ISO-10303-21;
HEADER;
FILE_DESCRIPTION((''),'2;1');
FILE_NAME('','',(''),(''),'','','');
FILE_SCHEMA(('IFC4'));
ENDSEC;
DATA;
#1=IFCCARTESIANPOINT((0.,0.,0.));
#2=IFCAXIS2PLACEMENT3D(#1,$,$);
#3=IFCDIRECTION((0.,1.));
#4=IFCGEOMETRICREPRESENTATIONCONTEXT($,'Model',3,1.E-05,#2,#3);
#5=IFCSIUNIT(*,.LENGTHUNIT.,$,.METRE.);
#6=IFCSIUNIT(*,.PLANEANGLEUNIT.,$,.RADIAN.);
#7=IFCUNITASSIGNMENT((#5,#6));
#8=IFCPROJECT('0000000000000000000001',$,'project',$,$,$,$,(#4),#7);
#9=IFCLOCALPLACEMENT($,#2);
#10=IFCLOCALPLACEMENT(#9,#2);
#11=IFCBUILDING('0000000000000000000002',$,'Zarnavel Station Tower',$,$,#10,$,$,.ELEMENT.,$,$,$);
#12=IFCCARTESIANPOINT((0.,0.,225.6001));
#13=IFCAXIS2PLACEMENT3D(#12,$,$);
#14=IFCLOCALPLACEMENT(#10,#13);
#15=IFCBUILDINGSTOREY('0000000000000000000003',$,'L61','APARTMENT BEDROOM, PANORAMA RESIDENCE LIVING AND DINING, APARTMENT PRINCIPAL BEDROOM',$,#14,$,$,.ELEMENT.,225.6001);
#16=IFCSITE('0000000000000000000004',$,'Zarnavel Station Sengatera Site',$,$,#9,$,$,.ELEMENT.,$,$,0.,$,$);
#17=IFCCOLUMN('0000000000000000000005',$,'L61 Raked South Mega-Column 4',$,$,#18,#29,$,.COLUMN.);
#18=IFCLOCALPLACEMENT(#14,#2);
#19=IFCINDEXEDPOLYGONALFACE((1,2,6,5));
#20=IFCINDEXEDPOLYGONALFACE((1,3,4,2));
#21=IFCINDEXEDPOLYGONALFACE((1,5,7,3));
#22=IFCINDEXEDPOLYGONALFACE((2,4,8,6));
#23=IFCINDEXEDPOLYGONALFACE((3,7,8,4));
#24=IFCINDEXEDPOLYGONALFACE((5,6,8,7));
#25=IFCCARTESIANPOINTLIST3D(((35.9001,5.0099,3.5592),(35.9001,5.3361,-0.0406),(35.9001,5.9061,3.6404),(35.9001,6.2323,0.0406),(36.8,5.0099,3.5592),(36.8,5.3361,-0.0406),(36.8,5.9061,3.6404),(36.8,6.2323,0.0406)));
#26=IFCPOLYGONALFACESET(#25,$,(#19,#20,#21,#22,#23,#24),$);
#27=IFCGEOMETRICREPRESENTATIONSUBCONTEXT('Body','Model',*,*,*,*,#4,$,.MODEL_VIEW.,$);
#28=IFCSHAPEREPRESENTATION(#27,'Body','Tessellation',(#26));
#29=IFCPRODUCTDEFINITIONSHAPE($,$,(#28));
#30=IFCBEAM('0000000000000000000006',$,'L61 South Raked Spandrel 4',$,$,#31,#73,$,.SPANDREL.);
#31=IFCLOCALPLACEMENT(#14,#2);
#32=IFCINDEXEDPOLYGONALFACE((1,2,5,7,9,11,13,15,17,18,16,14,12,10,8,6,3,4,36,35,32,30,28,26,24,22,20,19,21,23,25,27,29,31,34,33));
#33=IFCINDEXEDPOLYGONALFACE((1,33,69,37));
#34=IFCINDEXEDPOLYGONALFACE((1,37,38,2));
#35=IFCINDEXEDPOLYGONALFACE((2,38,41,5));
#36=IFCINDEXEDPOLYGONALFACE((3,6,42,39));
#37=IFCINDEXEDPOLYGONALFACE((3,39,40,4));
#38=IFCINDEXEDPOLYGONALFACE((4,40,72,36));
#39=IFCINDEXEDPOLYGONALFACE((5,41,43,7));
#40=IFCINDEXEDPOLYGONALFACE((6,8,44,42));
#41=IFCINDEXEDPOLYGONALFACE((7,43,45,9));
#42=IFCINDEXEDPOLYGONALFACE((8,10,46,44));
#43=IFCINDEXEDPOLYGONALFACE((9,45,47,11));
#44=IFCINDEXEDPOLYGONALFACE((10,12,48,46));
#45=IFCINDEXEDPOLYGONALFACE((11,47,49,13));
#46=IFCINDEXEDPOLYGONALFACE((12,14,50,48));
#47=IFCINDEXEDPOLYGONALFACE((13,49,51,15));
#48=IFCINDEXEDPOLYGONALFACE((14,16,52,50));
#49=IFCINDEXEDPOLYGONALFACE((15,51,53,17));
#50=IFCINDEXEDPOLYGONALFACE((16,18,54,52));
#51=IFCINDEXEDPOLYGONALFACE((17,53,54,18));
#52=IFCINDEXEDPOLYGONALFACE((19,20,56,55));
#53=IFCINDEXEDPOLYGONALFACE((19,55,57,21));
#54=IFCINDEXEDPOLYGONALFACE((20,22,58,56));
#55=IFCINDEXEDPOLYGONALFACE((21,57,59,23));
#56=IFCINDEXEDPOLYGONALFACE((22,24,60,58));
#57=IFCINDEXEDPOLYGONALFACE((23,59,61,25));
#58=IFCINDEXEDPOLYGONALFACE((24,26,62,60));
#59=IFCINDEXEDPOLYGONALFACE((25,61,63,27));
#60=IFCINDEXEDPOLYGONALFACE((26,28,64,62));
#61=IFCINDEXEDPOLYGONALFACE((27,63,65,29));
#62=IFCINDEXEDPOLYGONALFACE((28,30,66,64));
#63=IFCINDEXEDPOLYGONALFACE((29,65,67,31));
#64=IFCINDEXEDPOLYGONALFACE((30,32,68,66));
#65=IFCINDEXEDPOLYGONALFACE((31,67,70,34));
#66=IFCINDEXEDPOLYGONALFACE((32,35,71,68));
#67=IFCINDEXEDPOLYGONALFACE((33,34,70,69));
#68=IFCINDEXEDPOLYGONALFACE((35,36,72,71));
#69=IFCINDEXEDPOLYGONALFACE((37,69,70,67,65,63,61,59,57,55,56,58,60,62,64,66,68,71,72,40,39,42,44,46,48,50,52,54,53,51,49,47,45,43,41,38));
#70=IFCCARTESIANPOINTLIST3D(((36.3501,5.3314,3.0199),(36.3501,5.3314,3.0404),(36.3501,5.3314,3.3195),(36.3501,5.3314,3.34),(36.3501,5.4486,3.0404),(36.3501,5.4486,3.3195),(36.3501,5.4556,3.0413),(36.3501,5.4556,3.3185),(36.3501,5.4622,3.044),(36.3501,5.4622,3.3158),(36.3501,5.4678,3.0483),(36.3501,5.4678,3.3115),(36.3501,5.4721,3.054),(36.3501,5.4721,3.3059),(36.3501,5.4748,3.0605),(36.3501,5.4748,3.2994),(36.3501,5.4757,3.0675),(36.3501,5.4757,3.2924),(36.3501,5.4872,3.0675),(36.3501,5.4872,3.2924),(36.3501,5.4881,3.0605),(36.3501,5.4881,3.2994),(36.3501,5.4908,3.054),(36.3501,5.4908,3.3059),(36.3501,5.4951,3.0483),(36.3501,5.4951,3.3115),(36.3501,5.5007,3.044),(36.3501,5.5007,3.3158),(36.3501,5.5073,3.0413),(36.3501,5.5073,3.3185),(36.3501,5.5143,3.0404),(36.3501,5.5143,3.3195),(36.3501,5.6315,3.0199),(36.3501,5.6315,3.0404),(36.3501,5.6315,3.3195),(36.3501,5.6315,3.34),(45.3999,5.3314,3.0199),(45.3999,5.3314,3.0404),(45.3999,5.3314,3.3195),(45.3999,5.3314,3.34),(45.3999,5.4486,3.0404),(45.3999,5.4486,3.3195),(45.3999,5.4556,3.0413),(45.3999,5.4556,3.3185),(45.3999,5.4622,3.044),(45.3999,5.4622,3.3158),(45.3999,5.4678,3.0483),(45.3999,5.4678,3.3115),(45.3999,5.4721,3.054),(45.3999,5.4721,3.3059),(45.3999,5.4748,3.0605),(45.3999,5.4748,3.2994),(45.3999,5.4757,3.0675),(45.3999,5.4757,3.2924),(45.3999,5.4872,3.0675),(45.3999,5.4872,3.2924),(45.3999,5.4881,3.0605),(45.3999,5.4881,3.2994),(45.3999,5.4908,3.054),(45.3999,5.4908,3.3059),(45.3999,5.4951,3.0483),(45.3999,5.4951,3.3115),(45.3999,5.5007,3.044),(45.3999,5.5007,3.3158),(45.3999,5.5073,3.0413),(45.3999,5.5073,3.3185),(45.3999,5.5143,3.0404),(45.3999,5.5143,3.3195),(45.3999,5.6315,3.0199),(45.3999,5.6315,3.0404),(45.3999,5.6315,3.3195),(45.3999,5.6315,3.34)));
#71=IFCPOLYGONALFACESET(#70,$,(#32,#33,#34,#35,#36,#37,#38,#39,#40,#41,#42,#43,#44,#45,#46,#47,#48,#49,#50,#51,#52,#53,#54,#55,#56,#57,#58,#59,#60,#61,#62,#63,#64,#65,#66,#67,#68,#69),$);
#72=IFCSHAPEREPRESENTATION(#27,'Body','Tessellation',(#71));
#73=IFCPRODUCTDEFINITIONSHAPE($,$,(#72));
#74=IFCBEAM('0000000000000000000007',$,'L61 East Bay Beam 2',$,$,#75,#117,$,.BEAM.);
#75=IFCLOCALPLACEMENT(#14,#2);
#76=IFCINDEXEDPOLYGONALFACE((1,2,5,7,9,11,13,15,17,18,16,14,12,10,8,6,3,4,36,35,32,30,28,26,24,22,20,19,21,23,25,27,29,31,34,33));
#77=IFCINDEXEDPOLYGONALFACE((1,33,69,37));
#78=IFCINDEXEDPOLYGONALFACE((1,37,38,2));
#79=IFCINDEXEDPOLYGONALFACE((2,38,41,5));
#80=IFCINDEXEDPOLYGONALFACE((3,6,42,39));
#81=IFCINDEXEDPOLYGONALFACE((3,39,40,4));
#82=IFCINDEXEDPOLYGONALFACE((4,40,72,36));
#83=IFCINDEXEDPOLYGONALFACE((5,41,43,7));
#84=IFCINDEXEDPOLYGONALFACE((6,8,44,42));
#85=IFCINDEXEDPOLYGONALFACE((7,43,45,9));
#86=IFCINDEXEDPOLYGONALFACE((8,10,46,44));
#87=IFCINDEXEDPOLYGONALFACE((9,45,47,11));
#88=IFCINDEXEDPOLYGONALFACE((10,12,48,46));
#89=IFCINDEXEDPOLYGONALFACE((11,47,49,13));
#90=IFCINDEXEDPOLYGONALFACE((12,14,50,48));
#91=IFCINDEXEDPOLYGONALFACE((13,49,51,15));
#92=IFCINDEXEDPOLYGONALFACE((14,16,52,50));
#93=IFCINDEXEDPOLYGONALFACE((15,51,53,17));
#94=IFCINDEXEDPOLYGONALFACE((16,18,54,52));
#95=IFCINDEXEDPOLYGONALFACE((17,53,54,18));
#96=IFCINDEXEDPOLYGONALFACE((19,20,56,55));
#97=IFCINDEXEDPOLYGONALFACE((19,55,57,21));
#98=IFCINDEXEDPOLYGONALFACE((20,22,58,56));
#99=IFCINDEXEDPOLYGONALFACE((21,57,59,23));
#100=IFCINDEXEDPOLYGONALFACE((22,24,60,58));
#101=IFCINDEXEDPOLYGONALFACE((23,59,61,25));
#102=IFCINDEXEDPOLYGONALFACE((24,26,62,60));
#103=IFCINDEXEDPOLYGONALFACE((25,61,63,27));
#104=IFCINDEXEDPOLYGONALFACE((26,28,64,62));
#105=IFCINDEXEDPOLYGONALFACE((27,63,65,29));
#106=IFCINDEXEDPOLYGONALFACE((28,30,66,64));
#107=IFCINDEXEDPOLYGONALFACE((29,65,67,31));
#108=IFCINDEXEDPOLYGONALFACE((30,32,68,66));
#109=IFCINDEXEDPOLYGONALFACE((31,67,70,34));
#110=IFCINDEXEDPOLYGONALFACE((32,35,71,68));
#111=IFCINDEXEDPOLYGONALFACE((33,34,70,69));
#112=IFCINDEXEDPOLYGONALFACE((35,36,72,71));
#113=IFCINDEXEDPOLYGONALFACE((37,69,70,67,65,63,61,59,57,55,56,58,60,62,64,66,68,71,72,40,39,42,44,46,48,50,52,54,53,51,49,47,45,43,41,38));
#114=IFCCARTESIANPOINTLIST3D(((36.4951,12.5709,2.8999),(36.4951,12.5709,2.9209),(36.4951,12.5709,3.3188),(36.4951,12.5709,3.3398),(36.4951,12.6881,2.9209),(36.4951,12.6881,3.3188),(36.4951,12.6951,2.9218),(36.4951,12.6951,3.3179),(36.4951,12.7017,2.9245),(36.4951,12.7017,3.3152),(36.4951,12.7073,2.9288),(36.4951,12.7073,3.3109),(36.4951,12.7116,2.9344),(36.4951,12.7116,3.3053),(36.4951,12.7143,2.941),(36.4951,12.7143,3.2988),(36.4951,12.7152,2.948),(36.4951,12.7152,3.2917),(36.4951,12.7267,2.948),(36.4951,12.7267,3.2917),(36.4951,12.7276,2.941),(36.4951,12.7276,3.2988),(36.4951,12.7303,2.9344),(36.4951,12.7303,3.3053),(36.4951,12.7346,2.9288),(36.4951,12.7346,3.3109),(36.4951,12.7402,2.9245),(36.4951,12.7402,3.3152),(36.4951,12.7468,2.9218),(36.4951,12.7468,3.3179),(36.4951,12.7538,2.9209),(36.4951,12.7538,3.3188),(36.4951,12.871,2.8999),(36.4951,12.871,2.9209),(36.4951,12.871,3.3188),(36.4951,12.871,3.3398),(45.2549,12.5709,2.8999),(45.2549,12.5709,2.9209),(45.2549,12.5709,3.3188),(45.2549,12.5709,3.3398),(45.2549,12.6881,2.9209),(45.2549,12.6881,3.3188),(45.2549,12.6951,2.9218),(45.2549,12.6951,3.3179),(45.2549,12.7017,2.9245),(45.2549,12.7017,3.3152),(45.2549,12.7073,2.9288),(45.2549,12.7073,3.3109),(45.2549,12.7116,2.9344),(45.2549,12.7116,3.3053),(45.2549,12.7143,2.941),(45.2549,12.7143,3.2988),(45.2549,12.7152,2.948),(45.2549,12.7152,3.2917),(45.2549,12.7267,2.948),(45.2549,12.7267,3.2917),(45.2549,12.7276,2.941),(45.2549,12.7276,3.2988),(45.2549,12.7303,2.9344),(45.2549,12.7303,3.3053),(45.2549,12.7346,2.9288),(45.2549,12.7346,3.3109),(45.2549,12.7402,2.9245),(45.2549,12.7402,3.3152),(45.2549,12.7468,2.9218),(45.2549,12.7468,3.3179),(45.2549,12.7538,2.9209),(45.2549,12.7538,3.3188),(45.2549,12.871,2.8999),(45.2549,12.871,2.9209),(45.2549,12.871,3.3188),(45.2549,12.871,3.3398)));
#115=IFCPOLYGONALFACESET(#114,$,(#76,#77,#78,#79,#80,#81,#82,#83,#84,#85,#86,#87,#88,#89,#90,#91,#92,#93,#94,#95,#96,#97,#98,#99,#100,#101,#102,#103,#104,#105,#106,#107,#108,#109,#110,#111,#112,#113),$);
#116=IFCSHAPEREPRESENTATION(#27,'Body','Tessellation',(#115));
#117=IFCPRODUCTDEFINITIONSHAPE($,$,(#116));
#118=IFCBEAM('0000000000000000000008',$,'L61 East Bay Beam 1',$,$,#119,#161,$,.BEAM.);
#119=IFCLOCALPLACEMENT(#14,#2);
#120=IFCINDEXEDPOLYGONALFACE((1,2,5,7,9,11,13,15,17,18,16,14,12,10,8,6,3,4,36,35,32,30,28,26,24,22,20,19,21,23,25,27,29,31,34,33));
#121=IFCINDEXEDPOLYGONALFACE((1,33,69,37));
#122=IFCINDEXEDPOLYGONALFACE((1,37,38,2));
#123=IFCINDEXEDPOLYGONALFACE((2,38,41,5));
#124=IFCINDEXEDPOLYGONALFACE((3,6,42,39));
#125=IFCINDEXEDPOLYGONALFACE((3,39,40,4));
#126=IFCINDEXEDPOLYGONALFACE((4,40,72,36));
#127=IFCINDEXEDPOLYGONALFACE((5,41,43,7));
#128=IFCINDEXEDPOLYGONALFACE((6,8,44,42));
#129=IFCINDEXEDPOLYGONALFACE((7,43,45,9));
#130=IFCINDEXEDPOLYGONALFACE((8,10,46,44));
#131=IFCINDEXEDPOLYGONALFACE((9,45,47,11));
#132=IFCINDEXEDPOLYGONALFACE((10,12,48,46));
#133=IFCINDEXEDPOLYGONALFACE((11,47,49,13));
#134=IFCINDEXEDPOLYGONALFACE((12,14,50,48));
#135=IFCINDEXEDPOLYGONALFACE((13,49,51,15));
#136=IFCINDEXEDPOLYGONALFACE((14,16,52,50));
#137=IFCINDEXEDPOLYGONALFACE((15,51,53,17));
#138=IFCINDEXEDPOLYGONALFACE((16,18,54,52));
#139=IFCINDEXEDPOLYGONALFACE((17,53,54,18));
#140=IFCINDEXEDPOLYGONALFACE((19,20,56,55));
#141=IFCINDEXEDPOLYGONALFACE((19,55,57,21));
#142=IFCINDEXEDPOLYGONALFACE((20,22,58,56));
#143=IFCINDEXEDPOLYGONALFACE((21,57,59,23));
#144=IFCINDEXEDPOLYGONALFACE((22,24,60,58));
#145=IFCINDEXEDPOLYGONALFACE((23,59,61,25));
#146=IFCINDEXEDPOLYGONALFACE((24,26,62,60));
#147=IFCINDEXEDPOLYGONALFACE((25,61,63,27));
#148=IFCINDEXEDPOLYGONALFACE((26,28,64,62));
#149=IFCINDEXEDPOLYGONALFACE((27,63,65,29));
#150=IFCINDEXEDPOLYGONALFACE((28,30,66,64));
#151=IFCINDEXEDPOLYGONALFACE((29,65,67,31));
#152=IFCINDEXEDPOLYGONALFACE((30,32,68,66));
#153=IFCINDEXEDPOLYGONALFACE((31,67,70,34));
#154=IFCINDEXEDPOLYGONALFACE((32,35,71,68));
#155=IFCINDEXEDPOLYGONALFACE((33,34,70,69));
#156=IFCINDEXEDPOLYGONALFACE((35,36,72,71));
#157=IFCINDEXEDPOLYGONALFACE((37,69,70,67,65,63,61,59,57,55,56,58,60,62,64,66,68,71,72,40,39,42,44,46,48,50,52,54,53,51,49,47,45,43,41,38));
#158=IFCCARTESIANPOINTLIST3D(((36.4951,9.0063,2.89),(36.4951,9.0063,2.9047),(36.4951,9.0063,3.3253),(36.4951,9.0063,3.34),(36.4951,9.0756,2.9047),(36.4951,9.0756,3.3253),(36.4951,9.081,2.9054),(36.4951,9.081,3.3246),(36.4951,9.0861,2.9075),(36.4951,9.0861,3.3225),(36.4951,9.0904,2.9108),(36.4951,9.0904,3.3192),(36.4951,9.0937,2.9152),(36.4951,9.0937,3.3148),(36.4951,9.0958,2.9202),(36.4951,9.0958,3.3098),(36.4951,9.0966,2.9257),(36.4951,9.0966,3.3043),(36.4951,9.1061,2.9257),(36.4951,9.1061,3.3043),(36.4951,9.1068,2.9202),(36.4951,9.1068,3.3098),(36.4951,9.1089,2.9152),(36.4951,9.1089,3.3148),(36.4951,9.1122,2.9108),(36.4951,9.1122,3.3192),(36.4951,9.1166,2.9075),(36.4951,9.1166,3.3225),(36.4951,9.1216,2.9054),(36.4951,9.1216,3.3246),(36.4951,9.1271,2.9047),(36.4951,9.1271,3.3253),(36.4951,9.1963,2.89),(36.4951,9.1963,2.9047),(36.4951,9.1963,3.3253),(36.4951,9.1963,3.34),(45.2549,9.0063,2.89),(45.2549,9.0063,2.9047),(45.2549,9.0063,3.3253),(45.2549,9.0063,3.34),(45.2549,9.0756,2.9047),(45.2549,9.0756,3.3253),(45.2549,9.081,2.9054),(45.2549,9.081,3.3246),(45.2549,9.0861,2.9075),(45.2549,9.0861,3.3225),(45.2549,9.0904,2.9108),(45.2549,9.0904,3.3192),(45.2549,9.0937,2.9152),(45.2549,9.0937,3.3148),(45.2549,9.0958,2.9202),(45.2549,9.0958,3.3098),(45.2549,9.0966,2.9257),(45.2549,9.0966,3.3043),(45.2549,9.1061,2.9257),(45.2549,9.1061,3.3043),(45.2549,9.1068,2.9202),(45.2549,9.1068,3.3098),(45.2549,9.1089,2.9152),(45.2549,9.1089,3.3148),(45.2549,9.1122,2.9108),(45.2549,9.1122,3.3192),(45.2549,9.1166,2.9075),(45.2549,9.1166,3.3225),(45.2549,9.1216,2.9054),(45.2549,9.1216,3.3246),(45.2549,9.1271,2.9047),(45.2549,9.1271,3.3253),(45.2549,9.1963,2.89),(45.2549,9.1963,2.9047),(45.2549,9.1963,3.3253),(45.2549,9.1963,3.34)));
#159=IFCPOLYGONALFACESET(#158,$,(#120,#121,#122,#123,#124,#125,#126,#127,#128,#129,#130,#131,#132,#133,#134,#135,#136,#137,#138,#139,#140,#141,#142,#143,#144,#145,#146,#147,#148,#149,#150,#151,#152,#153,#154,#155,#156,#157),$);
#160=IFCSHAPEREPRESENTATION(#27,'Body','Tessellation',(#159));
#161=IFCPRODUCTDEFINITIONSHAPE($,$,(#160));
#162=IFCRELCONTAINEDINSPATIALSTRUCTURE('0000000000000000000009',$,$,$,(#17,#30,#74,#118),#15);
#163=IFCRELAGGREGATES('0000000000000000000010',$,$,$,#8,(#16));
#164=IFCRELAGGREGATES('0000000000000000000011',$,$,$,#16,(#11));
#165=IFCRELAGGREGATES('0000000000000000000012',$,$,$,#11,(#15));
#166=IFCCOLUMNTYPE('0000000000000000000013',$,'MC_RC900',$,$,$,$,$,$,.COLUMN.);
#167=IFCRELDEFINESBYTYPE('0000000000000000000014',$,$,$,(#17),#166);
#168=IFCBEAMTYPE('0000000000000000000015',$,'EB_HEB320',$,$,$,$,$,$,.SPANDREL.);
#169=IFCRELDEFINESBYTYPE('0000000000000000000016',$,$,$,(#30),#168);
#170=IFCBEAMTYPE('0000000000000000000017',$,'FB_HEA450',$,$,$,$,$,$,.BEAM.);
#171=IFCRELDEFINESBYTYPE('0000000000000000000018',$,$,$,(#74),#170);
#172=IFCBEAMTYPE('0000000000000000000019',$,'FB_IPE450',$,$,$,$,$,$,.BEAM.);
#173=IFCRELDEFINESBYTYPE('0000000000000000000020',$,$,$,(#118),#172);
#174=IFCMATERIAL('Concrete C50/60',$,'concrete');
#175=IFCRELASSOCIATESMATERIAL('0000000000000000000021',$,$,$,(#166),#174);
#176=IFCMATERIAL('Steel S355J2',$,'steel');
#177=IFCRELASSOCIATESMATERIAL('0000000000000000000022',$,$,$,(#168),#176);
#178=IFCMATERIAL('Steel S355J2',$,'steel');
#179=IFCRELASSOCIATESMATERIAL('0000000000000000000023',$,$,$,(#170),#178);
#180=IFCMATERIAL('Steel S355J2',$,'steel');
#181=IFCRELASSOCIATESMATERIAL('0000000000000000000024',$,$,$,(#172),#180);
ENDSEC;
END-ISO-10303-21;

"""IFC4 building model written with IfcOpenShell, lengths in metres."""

from ifc_helpers import new_model, si_unit, direction, frame, origin, origin_2d, place, context, subcontext, project, spatial, rectangle, i_section, extrude, material, material_profile, profile_set, type_object, element, save


model = new_model("IFC4")

# Units and contexts
model_context = context("Model", 3, precision=1e-05, world=origin(), true_north=direction((0.0, 1.0)))
body_context = subcontext(model_context, "Body", "Model", "MODEL_VIEW")
ifc_project = project(units=[si_unit("LENGTHUNIT", "METRE"), si_unit("PLANEANGLEUNIT", "RADIAN")], contexts=[model_context])

# Site, building, storey
site_placement = place(None, origin())
site = spatial("IfcSite", under=ifc_project, at=site_placement, Name="Zarnavel Station Sengatera Site", CompositionType="ELEMENT", RefElevation=0.0)
building_placement = place(site_placement, origin())
building = spatial("IfcBuilding", under=site, at=building_placement, Name="Zarnavel Station Tower", CompositionType="ELEMENT")
storey_placement = place(building_placement, frame((0.0, 0.0, 225.6001)))
storey = spatial("IfcBuildingStorey", under=building, at=storey_placement, Name="L61", Description="APARTMENT BEDROOM, PANORAMA RESIDENCE LIVING AND DINING, APARTMENT PRINCIPAL BEDROOM", CompositionType="ELEMENT", Elevation=225.6001)

# Column
ifc_material_1 = material(Name="Concrete C50/60", Category="concrete")
ifc_material_profile_1 = material_profile(ifc_material_1, rectangle(XDim=0.8999, YDim=0.8999, at=origin_2d()), Name="RC900x900")
ifc_profile_set_1 = profile_set([ifc_material_profile_1], Name="Concrete C50/60")
column_type = type_object("IfcColumnType", Name="MC_RC900", PredefinedType="COLUMN", material=ifc_profile_set_1)
column_placement = place(storey_placement, frame((36.3501, 5.7842, 0.0), z_axis=(0.0, -0.090237, 0.99592), x_axis=(1.0, 0.0, 0.0)))
element("IfcColumn", 1, at=column_placement, inside=storey, type_object=column_type, Name="L61 Raked South Mega-Column 4", PredefinedType="COLUMN", context=body_context, shape_type="SweptSolid", body=[
    extrude(rectangle(XDim=0.8999, YDim=0.8999, at=origin_2d()), origin(), (0.0, 0.0, 1.0), 3.6145),
])

# Beams
ifc_material_2 = material(Name="Steel S355J2", Category="steel")
ifc_material_profile_2 = material_profile(ifc_material_2, i_section(OverallWidth=0.3, OverallDepth=0.3201, WebThickness=0.0115, FlangeThickness=0.0205, FilletRadius=0.0271, at=origin_2d()), Name="HEB320")
ifc_profile_set_2 = profile_set([ifc_material_profile_2], Name="Steel S355J2")
beam_type_1 = type_object("IfcBeamType", Name="EB_HEB320", PredefinedType="SPANDREL", material=ifc_profile_set_2)
beam_1_placement = place(storey_placement, frame((36.3501, 5.4814, 3.1799), z_axis=(1.0, 0.0, 0.0), x_axis=(0.0, 1.0, 0.0)))
element("IfcBeam", 2, at=beam_1_placement, inside=storey, type_object=beam_type_1, Name="L61 South Raked Spandrel 4", PredefinedType="SPANDREL", context=body_context, shape_type="SweptSolid", body=[
    extrude(i_section(OverallWidth=0.3, OverallDepth=0.3201, WebThickness=0.0115, FlangeThickness=0.0205, FilletRadius=0.0271, at=origin_2d()), origin(), (0.0, 0.0, 1.0), 9.0498),
])
ifc_material_3 = material(Name="Steel S355J2", Category="steel")
ifc_material_profile_3 = material_profile(ifc_material_3, i_section(OverallWidth=0.3, OverallDepth=0.4399, WebThickness=0.0115, FlangeThickness=0.021, FilletRadius=0.0271, at=origin_2d()), Name="HEA450")
ifc_profile_set_3 = profile_set([ifc_material_profile_3], Name="Steel S355J2")
beam_type_2 = type_object("IfcBeamType", Name="FB_HEA450", PredefinedType="BEAM", material=ifc_profile_set_3)
beam_2_placement = place(storey_placement, frame((36.4951, 12.7209, 3.1199), z_axis=(1.0, 0.0, 0.0), x_axis=(0.0, 1.0, 0.0)))
element("IfcBeam", 3, at=beam_2_placement, inside=storey, type_object=beam_type_2, Name="L61 East Bay Beam 2", PredefinedType="BEAM", context=body_context, shape_type="SweptSolid", body=[
    extrude(i_section(OverallWidth=0.3, OverallDepth=0.4399, WebThickness=0.0115, FlangeThickness=0.021, FilletRadius=0.0271, at=origin_2d()), origin(), (0.0, 0.0, 1.0), 8.7598),
])
ifc_material_4 = material(Name="Steel S355J2", Category="steel")
ifc_material_profile_4 = material_profile(ifc_material_4, i_section(OverallWidth=0.1899, OverallDepth=0.45, WebThickness=0.0095, FlangeThickness=0.0146, FilletRadius=0.021, at=origin_2d()), Name="IPE450")
ifc_profile_set_4 = profile_set([ifc_material_profile_4], Name="Steel S355J2")
beam_type_3 = type_object("IfcBeamType", Name="FB_IPE450", PredefinedType="BEAM", material=ifc_profile_set_4)
for number, where, z_axis, x_axis, name in (
    (4, (36.4951, 9.1013, 3.115), (1.0, 0.0, 0.0), (0.0, 1.0, 0.0), "L61 East Bay Beam 1"),
):
    element("IfcBeam", number, at=place(storey_placement, frame(where, z_axis=z_axis, x_axis=x_axis)), inside=storey, type_object=beam_type_3, Name=name, PredefinedType="BEAM", context=body_context, shape_type="SweptSolid", body=[
        extrude(i_section(OverallWidth=0.1899, OverallDepth=0.45, WebThickness=0.0095, FlangeThickness=0.0146, FilletRadius=0.021, at=origin_2d()), origin(), (0.0, 0.0, 1.0), 8.7598),
    ])

save(model, "model.ifc")
